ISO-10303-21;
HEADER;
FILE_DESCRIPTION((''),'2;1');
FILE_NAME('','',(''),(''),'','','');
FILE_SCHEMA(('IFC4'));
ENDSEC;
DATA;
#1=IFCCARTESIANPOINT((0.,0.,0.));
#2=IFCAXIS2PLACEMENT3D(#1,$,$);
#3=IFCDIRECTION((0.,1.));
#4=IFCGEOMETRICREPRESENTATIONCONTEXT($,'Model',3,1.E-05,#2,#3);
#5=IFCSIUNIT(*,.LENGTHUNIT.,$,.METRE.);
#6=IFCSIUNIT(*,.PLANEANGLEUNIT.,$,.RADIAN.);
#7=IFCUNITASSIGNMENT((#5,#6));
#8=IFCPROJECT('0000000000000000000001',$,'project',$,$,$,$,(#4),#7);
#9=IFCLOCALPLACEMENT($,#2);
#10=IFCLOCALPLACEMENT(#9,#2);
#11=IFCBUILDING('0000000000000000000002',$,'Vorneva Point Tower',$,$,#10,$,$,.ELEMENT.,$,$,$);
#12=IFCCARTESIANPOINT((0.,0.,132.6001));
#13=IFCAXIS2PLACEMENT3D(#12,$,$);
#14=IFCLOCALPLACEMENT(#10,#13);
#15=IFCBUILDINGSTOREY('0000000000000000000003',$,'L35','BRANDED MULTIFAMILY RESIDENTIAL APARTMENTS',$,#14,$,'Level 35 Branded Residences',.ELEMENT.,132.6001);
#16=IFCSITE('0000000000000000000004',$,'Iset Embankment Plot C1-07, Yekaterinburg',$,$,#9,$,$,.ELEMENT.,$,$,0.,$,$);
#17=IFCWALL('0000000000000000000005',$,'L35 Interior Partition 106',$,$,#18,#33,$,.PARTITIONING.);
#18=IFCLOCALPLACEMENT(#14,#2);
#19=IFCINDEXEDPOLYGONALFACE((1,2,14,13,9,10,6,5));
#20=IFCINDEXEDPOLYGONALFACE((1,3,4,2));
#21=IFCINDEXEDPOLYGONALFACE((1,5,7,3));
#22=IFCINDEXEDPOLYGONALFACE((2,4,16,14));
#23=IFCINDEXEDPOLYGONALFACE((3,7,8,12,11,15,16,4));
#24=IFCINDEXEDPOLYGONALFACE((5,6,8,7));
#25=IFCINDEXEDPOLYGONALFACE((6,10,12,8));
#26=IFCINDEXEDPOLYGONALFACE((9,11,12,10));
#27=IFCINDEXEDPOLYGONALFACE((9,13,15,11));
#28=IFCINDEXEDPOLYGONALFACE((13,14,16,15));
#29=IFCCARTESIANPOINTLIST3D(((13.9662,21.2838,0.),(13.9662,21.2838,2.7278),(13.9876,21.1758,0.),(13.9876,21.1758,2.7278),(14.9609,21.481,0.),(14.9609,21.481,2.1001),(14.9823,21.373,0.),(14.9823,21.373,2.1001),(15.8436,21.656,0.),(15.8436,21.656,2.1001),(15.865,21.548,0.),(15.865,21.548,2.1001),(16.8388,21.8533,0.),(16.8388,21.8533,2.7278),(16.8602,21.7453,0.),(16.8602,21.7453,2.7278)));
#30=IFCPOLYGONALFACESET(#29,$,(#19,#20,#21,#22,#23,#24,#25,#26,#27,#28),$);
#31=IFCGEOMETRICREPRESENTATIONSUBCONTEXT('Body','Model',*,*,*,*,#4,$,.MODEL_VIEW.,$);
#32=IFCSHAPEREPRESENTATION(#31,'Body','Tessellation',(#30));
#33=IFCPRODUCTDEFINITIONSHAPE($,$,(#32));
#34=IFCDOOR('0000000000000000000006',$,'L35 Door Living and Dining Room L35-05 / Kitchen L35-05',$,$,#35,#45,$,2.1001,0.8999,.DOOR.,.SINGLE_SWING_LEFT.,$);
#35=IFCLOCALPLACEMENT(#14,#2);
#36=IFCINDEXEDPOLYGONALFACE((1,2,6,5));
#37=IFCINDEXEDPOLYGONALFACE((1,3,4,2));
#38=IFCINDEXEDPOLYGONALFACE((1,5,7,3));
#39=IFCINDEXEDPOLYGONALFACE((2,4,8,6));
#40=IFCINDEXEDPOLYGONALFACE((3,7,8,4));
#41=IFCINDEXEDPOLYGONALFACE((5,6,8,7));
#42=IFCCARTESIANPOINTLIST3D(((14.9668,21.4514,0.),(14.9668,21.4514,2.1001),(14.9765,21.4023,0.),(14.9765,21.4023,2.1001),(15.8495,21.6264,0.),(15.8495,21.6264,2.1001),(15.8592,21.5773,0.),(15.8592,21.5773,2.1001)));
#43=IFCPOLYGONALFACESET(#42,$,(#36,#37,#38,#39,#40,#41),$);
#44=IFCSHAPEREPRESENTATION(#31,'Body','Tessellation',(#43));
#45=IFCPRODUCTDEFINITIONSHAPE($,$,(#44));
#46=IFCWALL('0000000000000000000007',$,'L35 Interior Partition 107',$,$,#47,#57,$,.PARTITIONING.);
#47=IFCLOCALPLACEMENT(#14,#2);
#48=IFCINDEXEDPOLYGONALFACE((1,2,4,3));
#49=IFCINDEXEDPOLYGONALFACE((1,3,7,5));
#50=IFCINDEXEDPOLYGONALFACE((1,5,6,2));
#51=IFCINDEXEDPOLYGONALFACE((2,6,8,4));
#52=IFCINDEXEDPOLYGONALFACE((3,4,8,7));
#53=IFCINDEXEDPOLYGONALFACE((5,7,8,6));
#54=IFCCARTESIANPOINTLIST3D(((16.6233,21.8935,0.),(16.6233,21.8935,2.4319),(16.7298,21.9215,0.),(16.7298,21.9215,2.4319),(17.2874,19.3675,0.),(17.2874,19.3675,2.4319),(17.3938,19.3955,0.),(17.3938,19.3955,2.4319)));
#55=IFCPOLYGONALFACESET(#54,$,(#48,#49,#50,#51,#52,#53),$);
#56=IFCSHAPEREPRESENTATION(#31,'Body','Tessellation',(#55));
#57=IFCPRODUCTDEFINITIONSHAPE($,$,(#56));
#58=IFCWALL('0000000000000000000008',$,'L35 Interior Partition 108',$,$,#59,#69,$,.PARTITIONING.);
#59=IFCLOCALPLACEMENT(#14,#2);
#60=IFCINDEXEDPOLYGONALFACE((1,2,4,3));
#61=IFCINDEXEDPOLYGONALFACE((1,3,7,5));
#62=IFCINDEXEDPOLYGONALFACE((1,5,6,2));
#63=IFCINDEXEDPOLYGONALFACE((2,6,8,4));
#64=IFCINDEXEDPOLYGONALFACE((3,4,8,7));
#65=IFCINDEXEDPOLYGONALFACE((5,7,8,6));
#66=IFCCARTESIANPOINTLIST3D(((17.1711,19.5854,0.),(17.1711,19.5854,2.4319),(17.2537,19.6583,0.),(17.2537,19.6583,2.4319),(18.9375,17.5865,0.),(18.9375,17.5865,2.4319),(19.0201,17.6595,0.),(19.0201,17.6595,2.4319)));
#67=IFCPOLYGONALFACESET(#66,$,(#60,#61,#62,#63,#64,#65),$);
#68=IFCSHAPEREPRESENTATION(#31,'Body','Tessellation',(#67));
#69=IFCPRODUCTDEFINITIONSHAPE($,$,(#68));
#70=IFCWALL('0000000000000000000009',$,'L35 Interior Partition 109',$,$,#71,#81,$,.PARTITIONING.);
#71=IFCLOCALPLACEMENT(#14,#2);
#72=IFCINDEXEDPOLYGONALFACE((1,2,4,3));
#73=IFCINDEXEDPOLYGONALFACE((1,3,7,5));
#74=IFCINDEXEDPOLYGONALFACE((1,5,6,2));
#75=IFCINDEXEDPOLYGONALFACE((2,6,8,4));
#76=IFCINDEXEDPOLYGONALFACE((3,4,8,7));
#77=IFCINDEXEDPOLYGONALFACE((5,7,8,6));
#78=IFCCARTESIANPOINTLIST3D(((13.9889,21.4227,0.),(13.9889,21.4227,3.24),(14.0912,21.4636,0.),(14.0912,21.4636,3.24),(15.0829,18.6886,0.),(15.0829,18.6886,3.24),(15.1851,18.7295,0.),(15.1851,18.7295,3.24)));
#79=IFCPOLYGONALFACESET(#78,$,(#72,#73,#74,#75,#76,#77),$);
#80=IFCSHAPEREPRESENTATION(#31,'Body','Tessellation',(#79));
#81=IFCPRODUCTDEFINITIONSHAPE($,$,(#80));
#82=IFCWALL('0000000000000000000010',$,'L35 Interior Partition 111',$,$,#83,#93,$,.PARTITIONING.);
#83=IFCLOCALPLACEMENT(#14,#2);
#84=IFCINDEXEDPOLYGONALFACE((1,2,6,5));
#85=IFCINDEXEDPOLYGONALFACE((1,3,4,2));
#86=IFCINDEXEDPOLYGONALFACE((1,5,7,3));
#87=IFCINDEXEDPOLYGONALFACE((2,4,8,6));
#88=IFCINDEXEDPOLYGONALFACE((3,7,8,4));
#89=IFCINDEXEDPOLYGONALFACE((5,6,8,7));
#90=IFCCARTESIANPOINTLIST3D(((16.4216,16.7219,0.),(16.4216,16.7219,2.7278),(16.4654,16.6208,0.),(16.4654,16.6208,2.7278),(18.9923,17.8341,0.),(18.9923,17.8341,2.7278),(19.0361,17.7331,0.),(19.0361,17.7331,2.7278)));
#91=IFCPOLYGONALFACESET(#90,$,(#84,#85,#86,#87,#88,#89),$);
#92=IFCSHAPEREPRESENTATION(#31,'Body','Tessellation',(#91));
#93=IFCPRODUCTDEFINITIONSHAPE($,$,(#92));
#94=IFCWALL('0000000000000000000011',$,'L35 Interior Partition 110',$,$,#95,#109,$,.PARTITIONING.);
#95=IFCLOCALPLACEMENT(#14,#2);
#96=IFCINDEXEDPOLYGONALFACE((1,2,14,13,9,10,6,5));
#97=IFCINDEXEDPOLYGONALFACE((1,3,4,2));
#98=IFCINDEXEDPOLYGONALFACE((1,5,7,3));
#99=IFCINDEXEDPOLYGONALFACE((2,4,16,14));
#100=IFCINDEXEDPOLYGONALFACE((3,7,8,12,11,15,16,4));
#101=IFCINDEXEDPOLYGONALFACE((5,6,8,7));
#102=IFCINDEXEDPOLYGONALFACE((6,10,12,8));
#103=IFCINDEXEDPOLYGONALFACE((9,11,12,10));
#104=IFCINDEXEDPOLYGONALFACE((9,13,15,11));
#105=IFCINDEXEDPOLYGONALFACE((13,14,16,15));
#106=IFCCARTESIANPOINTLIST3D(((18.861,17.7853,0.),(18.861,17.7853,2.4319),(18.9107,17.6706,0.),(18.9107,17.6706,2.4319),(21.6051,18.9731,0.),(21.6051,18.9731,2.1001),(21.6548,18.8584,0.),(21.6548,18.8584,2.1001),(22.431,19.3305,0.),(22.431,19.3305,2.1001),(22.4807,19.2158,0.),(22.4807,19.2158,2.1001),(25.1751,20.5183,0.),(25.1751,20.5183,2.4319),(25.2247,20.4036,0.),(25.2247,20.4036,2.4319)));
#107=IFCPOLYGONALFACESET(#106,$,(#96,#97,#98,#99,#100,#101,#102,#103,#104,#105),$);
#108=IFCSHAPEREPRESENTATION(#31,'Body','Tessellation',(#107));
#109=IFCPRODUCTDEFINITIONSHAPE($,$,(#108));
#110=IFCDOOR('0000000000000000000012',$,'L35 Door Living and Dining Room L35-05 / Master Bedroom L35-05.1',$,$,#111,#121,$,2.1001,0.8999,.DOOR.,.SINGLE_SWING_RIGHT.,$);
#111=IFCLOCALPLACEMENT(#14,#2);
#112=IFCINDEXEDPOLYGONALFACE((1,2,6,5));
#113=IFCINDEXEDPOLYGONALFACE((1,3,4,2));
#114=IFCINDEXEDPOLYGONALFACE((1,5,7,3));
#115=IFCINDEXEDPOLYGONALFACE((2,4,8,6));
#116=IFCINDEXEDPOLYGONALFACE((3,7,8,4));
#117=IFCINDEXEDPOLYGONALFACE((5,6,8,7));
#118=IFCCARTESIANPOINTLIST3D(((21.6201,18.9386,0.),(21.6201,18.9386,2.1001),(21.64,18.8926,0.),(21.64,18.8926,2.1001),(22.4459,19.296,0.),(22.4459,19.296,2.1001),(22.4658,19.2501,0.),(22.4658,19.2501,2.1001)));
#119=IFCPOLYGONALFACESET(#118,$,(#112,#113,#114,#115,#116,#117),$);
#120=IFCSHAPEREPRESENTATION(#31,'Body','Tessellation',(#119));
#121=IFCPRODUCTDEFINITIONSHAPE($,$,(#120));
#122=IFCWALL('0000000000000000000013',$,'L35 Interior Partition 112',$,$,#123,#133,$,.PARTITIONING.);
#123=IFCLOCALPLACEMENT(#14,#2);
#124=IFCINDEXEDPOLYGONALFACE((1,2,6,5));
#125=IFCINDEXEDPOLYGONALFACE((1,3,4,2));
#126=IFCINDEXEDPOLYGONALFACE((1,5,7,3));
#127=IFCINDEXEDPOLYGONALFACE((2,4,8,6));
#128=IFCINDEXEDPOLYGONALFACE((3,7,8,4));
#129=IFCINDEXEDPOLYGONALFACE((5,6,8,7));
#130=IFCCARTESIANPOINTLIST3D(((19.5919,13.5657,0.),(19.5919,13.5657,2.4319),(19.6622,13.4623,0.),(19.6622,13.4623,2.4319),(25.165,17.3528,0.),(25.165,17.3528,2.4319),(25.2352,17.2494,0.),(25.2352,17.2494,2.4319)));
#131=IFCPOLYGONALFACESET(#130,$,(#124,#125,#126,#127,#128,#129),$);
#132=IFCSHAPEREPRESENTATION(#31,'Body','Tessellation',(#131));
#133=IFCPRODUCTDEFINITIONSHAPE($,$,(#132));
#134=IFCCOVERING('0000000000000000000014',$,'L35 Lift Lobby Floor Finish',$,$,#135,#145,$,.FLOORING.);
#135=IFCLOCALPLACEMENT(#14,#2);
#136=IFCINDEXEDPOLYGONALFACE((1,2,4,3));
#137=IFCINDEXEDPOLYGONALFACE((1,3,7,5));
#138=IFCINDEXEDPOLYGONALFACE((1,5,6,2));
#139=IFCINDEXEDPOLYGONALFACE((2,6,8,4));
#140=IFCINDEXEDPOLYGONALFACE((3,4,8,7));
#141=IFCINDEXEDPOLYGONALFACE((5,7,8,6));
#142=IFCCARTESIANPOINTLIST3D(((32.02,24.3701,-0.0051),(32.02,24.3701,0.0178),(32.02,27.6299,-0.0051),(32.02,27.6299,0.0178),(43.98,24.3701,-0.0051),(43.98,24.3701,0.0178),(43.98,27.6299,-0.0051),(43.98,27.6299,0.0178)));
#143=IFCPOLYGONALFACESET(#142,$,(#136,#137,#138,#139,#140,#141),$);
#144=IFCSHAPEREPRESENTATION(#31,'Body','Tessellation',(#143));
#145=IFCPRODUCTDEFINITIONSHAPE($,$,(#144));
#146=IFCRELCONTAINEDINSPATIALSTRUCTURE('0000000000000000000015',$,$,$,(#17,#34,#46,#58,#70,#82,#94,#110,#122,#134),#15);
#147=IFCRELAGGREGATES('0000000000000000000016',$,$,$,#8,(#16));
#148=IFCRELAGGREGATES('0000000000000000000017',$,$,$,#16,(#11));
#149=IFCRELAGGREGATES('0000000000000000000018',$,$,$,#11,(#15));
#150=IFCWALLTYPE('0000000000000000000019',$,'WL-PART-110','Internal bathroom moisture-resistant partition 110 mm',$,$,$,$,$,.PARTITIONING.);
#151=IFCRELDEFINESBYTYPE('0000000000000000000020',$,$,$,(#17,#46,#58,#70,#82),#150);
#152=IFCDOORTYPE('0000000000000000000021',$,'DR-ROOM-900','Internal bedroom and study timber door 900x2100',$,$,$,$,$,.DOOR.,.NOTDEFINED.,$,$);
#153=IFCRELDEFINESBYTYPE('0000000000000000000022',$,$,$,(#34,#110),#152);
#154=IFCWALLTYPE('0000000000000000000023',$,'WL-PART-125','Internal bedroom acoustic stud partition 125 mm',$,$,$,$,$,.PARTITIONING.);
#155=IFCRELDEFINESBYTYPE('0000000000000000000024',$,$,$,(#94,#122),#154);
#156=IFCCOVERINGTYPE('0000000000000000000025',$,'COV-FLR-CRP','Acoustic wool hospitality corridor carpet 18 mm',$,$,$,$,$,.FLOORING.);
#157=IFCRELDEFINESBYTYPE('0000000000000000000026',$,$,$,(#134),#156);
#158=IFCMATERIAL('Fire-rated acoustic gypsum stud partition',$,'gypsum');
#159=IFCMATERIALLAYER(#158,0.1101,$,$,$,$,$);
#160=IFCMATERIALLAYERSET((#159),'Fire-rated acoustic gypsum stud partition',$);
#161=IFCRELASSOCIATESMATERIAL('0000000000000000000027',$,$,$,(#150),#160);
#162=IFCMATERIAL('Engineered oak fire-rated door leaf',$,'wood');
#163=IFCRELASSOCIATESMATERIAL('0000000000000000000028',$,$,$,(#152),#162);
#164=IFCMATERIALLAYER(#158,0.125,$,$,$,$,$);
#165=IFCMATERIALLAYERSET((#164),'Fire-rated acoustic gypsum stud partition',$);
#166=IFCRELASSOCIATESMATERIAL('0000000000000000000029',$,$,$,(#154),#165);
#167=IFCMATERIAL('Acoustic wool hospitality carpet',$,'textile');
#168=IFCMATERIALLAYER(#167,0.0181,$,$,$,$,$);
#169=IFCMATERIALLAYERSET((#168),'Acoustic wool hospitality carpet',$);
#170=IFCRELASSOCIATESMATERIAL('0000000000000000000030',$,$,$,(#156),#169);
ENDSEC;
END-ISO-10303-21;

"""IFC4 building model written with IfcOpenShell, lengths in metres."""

from ifc_helpers import new_model, si_unit, direction, frame, frame_2d, origin, place, context, subcontext, project, spatial, polyline, rectangle, outline, extrude, material, layer, layer_set, type_object, element, fill, save


model = new_model("IFC4")

# Units and contexts
model_context = context("Model", 3, precision=1e-05, world=origin(), true_north=direction((0.0, 1.0)))
body_context = subcontext(model_context, "Body", "Model", "MODEL_VIEW")
ifc_project = project(units=[si_unit("LENGTHUNIT", "METRE"), si_unit("PLANEANGLEUNIT", "RADIAN")], contexts=[model_context])

# Site, building, storey
site_placement = place(None, origin())
site = spatial("IfcSite", under=ifc_project, at=site_placement, Name="Iset Embankment Plot C1-07, Yekaterinburg", CompositionType="ELEMENT", RefElevation=0.0)
building_placement = place(site_placement, origin())
building = spatial("IfcBuilding", under=site, at=building_placement, Name="Vorneva Point Tower", CompositionType="ELEMENT")
storey_placement = place(building_placement, frame((0.0, 0.0, 132.6001)))
storey = spatial("IfcBuildingStorey", under=building, at=storey_placement, Name="L35", Description="BRANDED MULTIFAMILY RESIDENTIAL APARTMENTS", LongName="Level 35 Branded Residences", CompositionType="ELEMENT", Elevation=132.6001)

# Shared definitions
ifc_material_1 = material(Name="Fire-rated acoustic gypsum stud partition", Category="gypsum")
ifc_layer_1 = layer(ifc_material_1, 0.1101)
ifc_layer_set_1 = layer_set([ifc_layer_1], Name="Fire-rated acoustic gypsum stud partition")
wall_type_1 = type_object("IfcWallType", Name="WL-PART-110", Description="Internal bathroom moisture-resistant partition 110 mm", PredefinedType="PARTITIONING", material=ifc_layer_set_1)

# Wall, opening, door
wall_1_placement = place(storey_placement, frame((13.9768, 21.2297, 0.0), z_axis=(0.0, 0.0, 1.0), x_axis=(0.980903, 0.194497, 0.0)))
wall_1 = element("IfcWall", 1, at=wall_1_placement, inside=storey, type_object=wall_type_1, Name="L35 Interior Partition 106", PredefinedType="PARTITIONING", context=body_context, shape_type="SweptSolid", body=[
    extrude(rectangle(XDim=2.9285, YDim=0.1101, at=frame_2d((1.4644, 0.0))), origin(), (0.0, 0.0, 1.0), 2.7278),
])
opening_1_placement = place(wall_1_placement, frame((1.0142, 0.0, 0.0)))
opening_1 = element("IfcOpeningElement", 2, at=opening_1_placement, cuts=wall_1, PredefinedType="OPENING", context=body_context, shape_type="SweptSolid", body=[
    extrude(rectangle(XDim=0.8999, YDim=2.1001, at=frame_2d((0.45, 1.05))), frame((0.0, 0.0698, 0.0), z_axis=(0.0, -1.0, 0.0), x_axis=(1.0, 0.0, 0.0)), (0.0, 0.0, 1.0), 0.1399),
])
ifc_material_2 = material(Name="Engineered oak fire-rated door leaf", Category="wood")
door_type_1 = type_object("IfcDoorType", Name="DR-ROOM-900", Description="Internal bedroom and study timber door 900x2100", OperationType="NOTDEFINED", PredefinedType="DOOR", material=ifc_material_2)
door_1_placement = place(opening_1_placement, origin())
door_1 = element("IfcDoor", 3, at=door_1_placement, inside=storey, type_object=door_type_1, Name="L35 Door Living and Dining Room L35-05 / Kitchen L35-05", OperationType="SINGLE_SWING_LEFT", OverallHeight=2.1001, OverallWidth=0.8999, PredefinedType="DOOR", context=body_context, shape_type="SweptSolid", body=[
    extrude(rectangle(XDim=0.8999, YDim=2.1001, at=frame_2d((0.45, 1.05))), frame((0.0, 0.0249, 0.0), z_axis=(0.0, -1.0, 0.0), x_axis=(1.0, 0.0, 0.0)), (0.0, 0.0, 1.0), 0.05),
])
fill(opening_1, door_1)

# Walls
wall_2_placement = place(storey_placement, frame((16.6765, 21.9075, 0.0), z_axis=(0.0, 0.0, 1.0), x_axis=(0.254263, -0.967135, 0.0)))
element("IfcWall", 4, at=wall_2_placement, inside=storey, type_object=wall_type_1, Name="L35 Interior Partition 107", PredefinedType="PARTITIONING", context=body_context, shape_type="SweptSolid", body=[
    extrude(rectangle(XDim=2.6118, YDim=0.1101, at=frame_2d((1.3059, 0.0))), origin(), (0.0, 0.0, 1.0), 2.4319),
])
wall_3_placement = place(storey_placement, frame((17.2124, 19.6218, 0.0), z_axis=(0.0, 0.0, 1.0), x_axis=(0.662197, -0.74933, 0.0)))
element("IfcWall", 5, at=wall_3_placement, inside=storey, type_object=wall_type_1, Name="L35 Interior Partition 108", PredefinedType="PARTITIONING", context=body_context, shape_type="SweptSolid", body=[
    extrude(rectangle(XDim=2.6675, YDim=0.1101, at=frame_2d((1.3337, 0.0))), origin(), (0.0, 0.0, 1.0), 2.4319),
])
wall_4_placement = place(storey_placement, frame((14.04, 21.4431, 0.0), z_axis=(0.0, 0.0, 1.0), x_axis=(0.371491, -0.928437, 0.0)))
element("IfcWall", 6, at=wall_4_placement, inside=storey, type_object=wall_type_1, Name="L35 Interior Partition 109", PredefinedType="PARTITIONING", context=body_context, shape_type="SweptSolid", body=[
    extrude(rectangle(XDim=2.9448, YDim=0.1101, at=frame_2d((1.4724, 0.0))), origin(), (0.0, 0.0, 1.0), 3.24),
])
wall_5_placement = place(storey_placement, frame((16.4436, 16.6714, 0.0), z_axis=(0.0, 0.0, 1.0), x_axis=(0.917778, 0.397094, 0.0)))
element("IfcWall", 7, at=wall_5_placement, inside=storey, type_object=wall_type_1, Name="L35 Interior Partition 111", PredefinedType="PARTITIONING", context=body_context, shape_type="SweptSolid", body=[
    extrude(rectangle(XDim=2.801, YDim=0.1101, at=frame_2d((1.4004, 0.0))), origin(), (0.0, 0.0, 1.0), 2.7278),
])

# Wall, opening, door
ifc_layer_2 = layer(ifc_material_1, 0.125)
ifc_layer_set_2 = layer_set([ifc_layer_2], Name="Fire-rated acoustic gypsum stud partition")
wall_type_2 = type_object("IfcWallType", Name="WL-PART-125", Description="Internal bedroom acoustic stud partition 125 mm", PredefinedType="PARTITIONING", material=ifc_layer_set_2)
wall_6_placement = place(storey_placement, frame((18.886, 17.728, 0.0), z_axis=(0.0, 0.0, 1.0), x_axis=(0.917722, 0.397223, 0.0)))
wall_6 = element("IfcWall", 8, at=wall_6_placement, inside=storey, type_object=wall_type_2, Name="L35 Interior Partition 110", PredefinedType="PARTITIONING", context=body_context, shape_type="SweptSolid", body=[
    extrude(rectangle(XDim=6.8801, YDim=0.125, at=frame_2d((3.4399, 0.0))), origin(), (0.0, 0.0, 1.0), 2.4319),
])
opening_2_placement = place(wall_6_placement, frame((2.99, 0.0, 0.0)))
opening_2 = element("IfcOpeningElement", 9, at=opening_2_placement, cuts=wall_6, PredefinedType="OPENING", context=body_context, shape_type="SweptSolid", body=[
    extrude(rectangle(XDim=0.8999, YDim=2.1001, at=frame_2d((0.45, 1.05))), frame((0.0, 0.0774, 0.0), z_axis=(0.0, -1.0, 0.0), x_axis=(1.0, 0.0, 0.0)), (0.0, 0.0, 1.0), 0.1548),
])
door_2_placement = place(opening_2_placement, origin())
door_2 = element("IfcDoor", 10, at=door_2_placement, inside=storey, type_object=door_type_1, Name="L35 Door Living and Dining Room L35-05 / Master Bedroom L35-05.1", OperationType="SINGLE_SWING_RIGHT", OverallHeight=2.1001, OverallWidth=0.8999, PredefinedType="DOOR", context=body_context, shape_type="SweptSolid", body=[
    extrude(rectangle(XDim=0.8999, YDim=2.1001, at=frame_2d((0.45, 1.05))), frame((0.0, 0.0249, 0.0), z_axis=(0.0, -1.0, 0.0), x_axis=(1.0, 0.0, 0.0)), (0.0, 0.0, 1.0), 0.05),
])
fill(opening_2, door_2)

# Wall
wall_7_placement = place(storey_placement, frame((19.627, 13.5139, 0.0), z_axis=(0.0, 0.0, 1.0), x_axis=(0.827101, 0.562053, 0.0)))
element("IfcWall", 11, at=wall_7_placement, inside=storey, type_object=wall_type_2, Name="L35 Interior Partition 112", PredefinedType="PARTITIONING", context=body_context, shape_type="SweptSolid", body=[
    extrude(rectangle(XDim=6.738, YDim=0.125, at=frame_2d((3.3691, 0.0))), origin(), (0.0, 0.0, 1.0), 2.4319),
])

# Covering
ifc_material_3 = material(Name="Acoustic wool hospitality carpet", Category="textile")
ifc_layer_3 = layer(ifc_material_3, 0.0181)
ifc_layer_set_3 = layer_set([ifc_layer_3], Name="Acoustic wool hospitality carpet")
covering_type = type_object("IfcCoveringType", Name="COV-FLR-CRP", Description="Acoustic wool hospitality corridor carpet 18 mm", PredefinedType="FLOORING", material=ifc_layer_set_3)
covering_placement = place(storey_placement, frame((0.0, 0.0, -0.0051)))
element("IfcCovering", 12, at=covering_placement, inside=storey, type_object=covering_type, Name="L35 Lift Lobby Floor Finish", PredefinedType="FLOORING", context=body_context, shape_type="SweptSolid", body=[
    extrude(outline(polyline([(32.02, 24.3701), (43.98, 24.3701), (43.98, 27.6299), (32.02, 27.6299), (32.02, 24.3701)])), origin(), (0.0, 0.0, 1.0), 0.0229),
])

save(model, "model.ifc")
